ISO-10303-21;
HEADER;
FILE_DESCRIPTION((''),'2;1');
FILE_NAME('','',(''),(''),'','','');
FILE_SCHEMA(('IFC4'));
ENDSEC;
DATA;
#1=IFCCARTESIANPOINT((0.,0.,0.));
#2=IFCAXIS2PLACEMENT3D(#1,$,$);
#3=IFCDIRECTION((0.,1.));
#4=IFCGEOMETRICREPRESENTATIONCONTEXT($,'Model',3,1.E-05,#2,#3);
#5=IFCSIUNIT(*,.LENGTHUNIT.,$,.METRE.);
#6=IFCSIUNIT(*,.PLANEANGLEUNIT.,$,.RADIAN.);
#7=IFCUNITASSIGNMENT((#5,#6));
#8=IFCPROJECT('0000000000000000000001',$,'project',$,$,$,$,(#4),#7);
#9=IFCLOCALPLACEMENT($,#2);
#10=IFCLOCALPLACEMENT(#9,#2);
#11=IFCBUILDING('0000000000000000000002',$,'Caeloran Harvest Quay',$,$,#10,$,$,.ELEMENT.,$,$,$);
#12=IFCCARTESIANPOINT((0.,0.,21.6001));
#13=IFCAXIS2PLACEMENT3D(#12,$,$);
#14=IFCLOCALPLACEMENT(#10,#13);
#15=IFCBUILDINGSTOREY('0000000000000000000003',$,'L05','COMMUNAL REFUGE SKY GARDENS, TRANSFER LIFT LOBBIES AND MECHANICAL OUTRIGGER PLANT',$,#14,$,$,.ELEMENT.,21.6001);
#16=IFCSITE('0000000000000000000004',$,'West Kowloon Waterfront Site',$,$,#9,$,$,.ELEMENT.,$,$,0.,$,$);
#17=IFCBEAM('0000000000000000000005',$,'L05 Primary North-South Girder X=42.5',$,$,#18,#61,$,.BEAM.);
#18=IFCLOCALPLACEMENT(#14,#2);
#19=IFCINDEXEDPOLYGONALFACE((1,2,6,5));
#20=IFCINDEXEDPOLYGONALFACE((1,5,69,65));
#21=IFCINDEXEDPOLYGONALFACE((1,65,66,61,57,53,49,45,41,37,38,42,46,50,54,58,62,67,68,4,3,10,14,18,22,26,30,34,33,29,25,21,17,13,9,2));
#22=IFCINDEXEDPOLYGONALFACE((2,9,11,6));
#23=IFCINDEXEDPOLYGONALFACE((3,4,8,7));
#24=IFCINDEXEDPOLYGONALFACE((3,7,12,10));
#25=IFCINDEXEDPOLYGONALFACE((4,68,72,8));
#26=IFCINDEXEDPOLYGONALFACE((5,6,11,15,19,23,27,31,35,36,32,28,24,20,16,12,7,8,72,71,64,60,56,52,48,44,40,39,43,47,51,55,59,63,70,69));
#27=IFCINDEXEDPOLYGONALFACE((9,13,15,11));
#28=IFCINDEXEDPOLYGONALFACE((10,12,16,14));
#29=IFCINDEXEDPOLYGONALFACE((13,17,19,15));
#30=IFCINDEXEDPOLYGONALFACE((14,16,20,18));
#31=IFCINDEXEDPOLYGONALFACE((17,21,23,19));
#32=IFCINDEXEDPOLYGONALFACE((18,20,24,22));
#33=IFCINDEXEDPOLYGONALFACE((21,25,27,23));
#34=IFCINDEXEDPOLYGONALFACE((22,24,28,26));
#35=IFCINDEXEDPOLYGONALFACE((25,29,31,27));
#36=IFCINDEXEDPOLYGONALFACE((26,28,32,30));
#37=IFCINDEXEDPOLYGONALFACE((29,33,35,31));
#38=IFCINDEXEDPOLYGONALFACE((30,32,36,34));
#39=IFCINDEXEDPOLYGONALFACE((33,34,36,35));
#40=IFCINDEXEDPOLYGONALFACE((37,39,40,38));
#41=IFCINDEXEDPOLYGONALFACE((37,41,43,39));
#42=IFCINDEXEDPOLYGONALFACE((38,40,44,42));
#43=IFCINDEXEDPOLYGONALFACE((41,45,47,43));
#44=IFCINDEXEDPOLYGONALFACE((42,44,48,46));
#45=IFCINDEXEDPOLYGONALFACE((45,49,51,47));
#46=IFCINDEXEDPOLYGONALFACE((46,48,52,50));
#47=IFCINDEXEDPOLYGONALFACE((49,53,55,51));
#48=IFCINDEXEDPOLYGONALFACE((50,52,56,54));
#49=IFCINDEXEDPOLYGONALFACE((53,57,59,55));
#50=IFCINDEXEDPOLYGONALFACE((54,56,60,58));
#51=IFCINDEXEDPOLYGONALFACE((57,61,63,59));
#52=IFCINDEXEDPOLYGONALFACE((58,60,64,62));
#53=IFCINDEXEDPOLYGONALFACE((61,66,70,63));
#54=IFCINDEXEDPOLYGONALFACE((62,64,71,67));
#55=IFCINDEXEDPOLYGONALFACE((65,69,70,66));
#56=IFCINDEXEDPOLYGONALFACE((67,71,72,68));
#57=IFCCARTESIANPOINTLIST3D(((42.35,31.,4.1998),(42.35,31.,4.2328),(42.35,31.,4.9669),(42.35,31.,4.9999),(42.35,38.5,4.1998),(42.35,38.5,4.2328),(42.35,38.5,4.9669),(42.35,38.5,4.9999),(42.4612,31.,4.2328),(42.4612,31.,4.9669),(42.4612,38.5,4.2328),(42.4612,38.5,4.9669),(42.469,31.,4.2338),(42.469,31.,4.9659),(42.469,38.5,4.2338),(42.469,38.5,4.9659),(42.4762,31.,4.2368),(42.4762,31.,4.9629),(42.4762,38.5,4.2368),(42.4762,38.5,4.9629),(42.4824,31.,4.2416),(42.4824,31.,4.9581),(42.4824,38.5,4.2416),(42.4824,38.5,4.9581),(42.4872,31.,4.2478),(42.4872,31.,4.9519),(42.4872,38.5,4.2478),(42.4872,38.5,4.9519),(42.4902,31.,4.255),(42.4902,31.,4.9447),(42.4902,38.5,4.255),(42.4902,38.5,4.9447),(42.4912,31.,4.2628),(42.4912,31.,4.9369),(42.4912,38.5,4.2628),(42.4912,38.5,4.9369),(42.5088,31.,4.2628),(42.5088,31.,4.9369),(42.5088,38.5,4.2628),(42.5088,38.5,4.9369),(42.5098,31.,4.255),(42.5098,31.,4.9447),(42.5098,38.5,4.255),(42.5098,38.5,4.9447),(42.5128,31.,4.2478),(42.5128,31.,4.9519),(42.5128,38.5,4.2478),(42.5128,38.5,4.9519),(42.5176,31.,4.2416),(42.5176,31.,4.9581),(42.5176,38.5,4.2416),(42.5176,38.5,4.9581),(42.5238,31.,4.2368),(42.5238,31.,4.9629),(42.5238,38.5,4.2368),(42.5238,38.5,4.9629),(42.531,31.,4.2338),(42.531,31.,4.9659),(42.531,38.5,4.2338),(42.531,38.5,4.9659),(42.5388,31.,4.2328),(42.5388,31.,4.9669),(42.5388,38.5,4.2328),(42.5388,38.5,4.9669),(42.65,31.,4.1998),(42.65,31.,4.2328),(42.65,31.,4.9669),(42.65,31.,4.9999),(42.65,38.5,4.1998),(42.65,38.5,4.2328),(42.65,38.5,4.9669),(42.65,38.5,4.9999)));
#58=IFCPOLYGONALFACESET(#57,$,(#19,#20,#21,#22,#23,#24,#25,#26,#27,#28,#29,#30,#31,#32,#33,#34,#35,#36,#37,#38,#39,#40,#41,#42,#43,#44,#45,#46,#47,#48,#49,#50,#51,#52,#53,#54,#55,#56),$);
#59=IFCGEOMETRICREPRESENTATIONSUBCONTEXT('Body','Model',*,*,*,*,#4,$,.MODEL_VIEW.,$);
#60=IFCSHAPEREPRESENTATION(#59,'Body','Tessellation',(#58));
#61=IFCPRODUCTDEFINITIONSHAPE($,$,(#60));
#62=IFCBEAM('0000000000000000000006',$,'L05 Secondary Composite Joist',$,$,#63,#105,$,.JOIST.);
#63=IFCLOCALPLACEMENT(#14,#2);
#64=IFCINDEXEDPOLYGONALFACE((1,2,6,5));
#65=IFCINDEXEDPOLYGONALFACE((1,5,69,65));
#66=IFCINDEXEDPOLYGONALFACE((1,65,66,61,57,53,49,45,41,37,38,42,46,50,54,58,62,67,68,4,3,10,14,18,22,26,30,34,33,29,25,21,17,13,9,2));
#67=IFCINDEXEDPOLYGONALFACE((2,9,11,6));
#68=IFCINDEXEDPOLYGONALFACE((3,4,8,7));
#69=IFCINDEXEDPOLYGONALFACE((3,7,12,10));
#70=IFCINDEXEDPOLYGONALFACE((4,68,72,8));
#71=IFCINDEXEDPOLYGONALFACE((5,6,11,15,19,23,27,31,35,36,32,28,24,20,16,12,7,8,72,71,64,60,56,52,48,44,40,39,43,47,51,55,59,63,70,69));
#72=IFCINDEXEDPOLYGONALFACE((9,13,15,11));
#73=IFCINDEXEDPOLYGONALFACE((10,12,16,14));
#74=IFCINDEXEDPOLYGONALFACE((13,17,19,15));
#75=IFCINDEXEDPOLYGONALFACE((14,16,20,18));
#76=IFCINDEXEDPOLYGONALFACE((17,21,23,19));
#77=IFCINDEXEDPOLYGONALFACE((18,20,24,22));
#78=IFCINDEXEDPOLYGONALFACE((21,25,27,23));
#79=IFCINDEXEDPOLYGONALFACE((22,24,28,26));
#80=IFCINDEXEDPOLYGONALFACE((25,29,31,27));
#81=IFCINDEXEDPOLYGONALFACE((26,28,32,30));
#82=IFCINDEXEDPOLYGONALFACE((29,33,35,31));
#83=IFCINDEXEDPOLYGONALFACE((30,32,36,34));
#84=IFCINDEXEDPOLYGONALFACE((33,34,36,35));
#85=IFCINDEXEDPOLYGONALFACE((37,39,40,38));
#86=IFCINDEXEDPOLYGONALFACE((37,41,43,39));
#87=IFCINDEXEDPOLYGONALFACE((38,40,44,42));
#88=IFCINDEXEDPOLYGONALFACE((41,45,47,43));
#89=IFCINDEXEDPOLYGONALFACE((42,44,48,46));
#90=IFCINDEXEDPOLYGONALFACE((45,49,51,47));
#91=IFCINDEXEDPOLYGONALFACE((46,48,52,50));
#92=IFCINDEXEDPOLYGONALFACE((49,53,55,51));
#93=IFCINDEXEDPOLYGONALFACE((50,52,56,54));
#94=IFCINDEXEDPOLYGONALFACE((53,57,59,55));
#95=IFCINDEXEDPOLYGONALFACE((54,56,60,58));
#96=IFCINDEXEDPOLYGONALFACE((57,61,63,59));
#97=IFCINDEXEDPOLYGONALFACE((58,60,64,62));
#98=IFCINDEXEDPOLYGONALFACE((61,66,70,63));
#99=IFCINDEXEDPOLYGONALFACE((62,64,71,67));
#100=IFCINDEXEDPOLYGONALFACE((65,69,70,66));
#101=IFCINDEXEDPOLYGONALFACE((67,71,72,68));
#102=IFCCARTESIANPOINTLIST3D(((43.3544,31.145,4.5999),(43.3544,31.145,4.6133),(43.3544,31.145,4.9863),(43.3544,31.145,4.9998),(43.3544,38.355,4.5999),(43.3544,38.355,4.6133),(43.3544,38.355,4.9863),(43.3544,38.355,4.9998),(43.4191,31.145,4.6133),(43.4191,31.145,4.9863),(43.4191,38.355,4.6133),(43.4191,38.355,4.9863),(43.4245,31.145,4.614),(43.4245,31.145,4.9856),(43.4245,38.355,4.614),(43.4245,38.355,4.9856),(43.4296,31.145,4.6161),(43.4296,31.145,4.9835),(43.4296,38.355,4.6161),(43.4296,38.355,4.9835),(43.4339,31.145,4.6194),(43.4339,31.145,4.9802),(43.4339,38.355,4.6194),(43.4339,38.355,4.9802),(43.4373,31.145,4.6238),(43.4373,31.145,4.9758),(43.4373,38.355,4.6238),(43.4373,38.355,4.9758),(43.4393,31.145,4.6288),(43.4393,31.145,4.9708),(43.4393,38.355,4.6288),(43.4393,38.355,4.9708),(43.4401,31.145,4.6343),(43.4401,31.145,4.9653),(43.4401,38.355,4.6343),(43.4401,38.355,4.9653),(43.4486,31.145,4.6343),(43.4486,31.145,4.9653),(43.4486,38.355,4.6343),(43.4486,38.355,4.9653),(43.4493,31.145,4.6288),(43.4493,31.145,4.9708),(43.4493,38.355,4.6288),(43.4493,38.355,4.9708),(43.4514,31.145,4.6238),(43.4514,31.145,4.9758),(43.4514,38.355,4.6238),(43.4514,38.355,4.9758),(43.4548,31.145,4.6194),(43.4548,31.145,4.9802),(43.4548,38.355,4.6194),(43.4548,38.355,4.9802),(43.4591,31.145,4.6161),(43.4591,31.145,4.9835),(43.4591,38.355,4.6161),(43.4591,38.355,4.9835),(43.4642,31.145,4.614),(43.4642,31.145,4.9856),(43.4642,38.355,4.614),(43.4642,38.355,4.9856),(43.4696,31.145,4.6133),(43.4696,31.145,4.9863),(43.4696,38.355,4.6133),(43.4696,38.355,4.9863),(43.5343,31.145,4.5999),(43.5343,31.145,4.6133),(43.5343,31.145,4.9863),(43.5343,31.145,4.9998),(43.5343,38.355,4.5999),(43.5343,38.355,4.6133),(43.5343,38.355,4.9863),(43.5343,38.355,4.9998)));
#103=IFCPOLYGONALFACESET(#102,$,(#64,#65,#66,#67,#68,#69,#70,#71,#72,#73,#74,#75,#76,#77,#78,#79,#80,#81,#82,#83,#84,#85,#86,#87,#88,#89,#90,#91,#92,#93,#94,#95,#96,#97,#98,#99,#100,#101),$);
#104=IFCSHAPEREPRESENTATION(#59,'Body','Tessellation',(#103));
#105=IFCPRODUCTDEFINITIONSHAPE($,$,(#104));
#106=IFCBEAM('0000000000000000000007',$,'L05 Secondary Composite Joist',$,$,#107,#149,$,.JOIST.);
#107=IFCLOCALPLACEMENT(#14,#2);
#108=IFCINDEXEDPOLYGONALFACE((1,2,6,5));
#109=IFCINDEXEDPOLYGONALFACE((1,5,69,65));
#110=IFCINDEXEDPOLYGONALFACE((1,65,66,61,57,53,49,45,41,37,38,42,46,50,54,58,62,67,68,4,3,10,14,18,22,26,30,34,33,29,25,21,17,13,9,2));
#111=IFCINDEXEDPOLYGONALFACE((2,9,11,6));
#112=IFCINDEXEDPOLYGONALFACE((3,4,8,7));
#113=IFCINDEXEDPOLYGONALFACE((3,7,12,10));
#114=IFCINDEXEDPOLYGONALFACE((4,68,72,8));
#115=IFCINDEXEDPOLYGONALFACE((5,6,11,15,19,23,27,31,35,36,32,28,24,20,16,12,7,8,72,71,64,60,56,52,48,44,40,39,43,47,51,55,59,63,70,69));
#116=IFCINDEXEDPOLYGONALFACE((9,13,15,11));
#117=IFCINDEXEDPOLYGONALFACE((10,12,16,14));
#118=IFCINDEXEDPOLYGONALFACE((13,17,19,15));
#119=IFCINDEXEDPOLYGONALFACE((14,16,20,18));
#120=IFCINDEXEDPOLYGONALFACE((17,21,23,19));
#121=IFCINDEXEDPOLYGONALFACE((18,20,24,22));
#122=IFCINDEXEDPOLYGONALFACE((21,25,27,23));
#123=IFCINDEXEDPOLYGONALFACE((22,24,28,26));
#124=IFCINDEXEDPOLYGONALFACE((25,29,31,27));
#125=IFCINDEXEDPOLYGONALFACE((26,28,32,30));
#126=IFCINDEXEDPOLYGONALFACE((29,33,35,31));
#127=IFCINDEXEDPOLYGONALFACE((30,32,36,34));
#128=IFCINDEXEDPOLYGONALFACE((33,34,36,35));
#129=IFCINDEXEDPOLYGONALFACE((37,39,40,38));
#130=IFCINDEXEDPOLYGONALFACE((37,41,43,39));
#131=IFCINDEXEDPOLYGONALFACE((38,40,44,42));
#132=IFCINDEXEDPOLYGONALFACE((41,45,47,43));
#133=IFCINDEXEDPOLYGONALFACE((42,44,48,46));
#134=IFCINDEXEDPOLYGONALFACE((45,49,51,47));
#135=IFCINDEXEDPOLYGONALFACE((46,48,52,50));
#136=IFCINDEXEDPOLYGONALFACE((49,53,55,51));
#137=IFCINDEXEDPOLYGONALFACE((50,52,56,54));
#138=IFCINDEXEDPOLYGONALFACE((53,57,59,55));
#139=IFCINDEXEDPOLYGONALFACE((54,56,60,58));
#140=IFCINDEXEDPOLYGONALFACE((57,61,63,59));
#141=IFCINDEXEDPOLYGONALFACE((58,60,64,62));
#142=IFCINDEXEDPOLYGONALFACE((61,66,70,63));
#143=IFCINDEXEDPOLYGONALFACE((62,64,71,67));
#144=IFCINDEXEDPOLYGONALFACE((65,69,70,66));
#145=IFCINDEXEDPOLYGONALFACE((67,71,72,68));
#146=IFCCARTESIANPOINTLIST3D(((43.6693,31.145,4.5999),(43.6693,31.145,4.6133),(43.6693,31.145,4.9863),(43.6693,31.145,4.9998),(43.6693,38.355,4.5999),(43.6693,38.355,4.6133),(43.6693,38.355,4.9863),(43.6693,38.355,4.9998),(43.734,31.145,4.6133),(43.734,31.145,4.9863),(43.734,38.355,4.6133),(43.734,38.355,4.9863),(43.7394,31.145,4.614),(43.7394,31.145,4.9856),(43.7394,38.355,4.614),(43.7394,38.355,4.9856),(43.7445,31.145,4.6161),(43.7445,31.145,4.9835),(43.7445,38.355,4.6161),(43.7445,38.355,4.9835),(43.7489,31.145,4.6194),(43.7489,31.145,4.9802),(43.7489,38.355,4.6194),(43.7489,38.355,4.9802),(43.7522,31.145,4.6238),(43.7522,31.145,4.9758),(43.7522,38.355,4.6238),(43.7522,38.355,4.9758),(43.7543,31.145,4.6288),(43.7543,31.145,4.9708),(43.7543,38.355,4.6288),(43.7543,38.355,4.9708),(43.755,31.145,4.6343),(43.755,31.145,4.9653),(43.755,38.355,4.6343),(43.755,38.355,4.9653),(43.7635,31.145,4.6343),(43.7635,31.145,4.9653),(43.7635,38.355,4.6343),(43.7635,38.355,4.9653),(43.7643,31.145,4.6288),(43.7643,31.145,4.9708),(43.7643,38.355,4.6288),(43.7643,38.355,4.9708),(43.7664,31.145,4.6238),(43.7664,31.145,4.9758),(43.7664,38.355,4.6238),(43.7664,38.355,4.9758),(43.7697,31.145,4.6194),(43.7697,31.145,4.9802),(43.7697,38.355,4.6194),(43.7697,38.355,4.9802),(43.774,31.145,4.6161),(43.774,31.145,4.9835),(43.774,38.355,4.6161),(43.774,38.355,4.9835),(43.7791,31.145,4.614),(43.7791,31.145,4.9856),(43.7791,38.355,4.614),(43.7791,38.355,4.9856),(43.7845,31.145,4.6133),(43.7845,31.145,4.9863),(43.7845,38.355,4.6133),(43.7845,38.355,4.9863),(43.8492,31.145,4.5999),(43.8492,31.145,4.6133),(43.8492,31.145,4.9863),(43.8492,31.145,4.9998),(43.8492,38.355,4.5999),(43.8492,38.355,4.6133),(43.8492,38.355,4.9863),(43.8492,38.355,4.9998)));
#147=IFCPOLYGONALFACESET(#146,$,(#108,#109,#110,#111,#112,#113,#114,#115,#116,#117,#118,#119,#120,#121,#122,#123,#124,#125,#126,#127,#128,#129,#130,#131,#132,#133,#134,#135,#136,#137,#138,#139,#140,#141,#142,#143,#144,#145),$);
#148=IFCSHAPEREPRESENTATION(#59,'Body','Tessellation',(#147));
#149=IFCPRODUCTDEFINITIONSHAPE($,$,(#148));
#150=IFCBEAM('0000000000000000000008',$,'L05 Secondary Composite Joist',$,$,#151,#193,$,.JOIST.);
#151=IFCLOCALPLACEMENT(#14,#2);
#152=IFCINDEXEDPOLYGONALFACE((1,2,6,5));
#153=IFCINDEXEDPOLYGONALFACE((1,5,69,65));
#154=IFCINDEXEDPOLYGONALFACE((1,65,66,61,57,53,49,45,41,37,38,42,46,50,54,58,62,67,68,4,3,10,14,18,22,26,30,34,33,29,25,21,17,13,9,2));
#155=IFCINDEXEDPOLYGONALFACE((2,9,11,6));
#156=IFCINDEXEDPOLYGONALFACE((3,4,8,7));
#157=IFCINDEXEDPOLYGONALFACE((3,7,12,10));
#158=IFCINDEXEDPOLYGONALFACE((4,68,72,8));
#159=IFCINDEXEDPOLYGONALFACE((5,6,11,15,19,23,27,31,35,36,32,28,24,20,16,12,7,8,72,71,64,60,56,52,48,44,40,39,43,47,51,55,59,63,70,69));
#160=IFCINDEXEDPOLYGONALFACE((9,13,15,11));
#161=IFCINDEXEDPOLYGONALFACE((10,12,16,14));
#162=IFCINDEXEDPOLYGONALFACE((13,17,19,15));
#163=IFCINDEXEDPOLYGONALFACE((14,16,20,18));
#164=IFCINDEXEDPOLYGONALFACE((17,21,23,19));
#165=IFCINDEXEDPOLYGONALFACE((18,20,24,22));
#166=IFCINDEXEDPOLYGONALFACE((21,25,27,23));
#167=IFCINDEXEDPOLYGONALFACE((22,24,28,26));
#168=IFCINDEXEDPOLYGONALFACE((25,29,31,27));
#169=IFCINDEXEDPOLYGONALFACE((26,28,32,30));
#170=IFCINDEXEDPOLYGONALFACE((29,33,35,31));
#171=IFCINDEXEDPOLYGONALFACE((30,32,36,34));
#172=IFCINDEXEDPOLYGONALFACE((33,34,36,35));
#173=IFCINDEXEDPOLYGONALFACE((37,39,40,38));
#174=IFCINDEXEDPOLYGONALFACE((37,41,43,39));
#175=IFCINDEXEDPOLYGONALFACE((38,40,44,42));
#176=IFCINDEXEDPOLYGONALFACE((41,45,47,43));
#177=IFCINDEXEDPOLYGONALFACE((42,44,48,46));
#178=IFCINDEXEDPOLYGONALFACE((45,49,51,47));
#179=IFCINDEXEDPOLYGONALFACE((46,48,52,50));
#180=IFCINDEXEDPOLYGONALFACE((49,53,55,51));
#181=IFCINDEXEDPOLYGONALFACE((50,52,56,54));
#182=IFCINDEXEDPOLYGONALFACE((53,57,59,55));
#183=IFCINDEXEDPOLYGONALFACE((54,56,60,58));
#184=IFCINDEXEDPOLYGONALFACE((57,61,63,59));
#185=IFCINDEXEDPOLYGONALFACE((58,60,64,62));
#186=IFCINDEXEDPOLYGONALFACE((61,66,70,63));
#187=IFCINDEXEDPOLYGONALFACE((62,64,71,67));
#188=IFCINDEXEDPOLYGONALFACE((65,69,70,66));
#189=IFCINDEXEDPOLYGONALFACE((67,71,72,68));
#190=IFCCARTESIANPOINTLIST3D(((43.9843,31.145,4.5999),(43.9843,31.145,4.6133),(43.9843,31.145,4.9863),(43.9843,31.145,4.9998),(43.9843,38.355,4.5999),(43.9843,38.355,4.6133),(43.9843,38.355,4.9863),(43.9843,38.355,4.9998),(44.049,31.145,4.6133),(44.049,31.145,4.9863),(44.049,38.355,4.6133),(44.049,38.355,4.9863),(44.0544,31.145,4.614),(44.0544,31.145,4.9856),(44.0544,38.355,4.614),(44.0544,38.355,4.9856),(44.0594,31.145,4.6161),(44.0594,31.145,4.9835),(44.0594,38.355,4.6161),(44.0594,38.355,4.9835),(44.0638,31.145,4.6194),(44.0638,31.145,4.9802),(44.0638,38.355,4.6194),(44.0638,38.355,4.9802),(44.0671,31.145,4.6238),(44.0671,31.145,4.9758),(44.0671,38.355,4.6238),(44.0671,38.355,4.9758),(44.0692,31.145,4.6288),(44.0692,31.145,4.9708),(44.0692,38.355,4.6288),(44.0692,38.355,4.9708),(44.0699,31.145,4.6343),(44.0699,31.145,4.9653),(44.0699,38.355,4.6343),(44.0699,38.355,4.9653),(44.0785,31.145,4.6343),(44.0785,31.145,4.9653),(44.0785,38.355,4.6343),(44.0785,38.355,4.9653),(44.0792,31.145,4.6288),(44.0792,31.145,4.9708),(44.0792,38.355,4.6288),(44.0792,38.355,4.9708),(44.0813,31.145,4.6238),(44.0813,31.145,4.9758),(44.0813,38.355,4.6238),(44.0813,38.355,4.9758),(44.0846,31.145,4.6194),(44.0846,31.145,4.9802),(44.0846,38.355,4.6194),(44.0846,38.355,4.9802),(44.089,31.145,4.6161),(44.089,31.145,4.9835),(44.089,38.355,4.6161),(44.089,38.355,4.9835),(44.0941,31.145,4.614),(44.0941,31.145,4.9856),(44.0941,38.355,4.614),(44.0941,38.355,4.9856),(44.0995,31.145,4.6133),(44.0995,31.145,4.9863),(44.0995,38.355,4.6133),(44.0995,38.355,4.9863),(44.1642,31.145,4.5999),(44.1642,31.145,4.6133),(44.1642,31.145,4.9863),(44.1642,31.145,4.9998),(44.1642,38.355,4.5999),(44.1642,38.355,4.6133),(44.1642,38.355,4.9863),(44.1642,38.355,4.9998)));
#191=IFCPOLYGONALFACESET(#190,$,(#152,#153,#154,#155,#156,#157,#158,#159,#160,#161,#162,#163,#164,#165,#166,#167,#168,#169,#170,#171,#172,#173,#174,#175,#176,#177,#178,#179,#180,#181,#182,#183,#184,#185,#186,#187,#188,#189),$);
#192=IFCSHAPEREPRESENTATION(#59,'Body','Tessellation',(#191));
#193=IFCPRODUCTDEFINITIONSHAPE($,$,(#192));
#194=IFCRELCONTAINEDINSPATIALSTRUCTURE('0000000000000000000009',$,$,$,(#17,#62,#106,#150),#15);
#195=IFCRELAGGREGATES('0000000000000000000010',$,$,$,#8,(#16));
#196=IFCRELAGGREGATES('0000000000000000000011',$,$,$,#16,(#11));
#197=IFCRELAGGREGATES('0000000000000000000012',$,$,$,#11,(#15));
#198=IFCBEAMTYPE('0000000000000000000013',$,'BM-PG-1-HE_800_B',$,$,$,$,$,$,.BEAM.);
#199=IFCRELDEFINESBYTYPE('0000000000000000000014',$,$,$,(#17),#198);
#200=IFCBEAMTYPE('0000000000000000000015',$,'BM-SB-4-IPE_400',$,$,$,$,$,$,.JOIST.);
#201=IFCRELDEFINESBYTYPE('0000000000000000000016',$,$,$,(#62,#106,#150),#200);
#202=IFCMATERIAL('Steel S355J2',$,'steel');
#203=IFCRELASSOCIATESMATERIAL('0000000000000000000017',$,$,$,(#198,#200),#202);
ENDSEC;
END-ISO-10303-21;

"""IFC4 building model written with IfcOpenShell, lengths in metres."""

from ifc_helpers import new_model, si_unit, direction, frame, origin, origin_2d, place, context, subcontext, project, spatial, i_section, extrude, material, material_profile, profile_set, type_object, element, save


model = new_model("IFC4")

# Units and contexts
model_context = context("Model", 3, precision=1e-05, world=origin(), true_north=direction((0.0, 1.0)))
body_context = subcontext(model_context, "Body", "Model", "MODEL_VIEW")
ifc_project = project(units=[si_unit("LENGTHUNIT", "METRE"), si_unit("PLANEANGLEUNIT", "RADIAN")], contexts=[model_context])

# Site, building, storey
site_placement = place(None, origin())
site = spatial("IfcSite", under=ifc_project, at=site_placement, Name="West Kowloon Waterfront Site", CompositionType="ELEMENT", RefElevation=0.0)
building_placement = place(site_placement, origin())
building = spatial("IfcBuilding", under=site, at=building_placement, Name="Caeloran Harvest Quay", CompositionType="ELEMENT")
storey_placement = place(building_placement, frame((0.0, 0.0, 21.6001)))
storey = spatial("IfcBuildingStorey", under=building, at=storey_placement, Name="L05", Description="COMMUNAL REFUGE SKY GARDENS, TRANSFER LIFT LOBBIES AND MECHANICAL OUTRIGGER PLANT", CompositionType="ELEMENT", Elevation=21.6001)

# Beams
ifc_material_1 = material(Name="Steel S355J2", Category="steel")
ifc_material_profile_1 = material_profile(ifc_material_1, i_section(OverallWidth=0.3, OverallDepth=0.8, WebThickness=0.0176, FlangeThickness=0.033, FilletRadius=0.03, at=origin_2d()), Name="HE 800 B")
ifc_profile_set_1 = profile_set([ifc_material_profile_1], Name="Steel S355J2")
beam_type_1 = type_object("IfcBeamType", Name="BM-PG-1-HE_800_B", PredefinedType="BEAM", material=ifc_profile_set_1)
beam_1_placement = place(storey_placement, frame((42.5, 31.0, 4.5999), z_axis=(0.0, 1.0, 0.0), x_axis=(-1.0, 0.0, 0.0)))
element("IfcBeam", 1, at=beam_1_placement, inside=storey, type_object=beam_type_1, Name="L05 Primary North-South Girder X=42.5", PredefinedType="BEAM", context=body_context, shape_type="SweptSolid", body=[
    extrude(i_section(OverallWidth=0.3, OverallDepth=0.8, WebThickness=0.0176, FlangeThickness=0.033, FilletRadius=0.03, at=origin_2d()), origin(), (0.0, 0.0, 1.0), 7.5),
])
ifc_material_profile_2 = material_profile(ifc_material_1, i_section(OverallWidth=0.1799, OverallDepth=0.3999, WebThickness=0.0085, FlangeThickness=0.0134, FilletRadius=0.021, at=origin_2d()), Name="IPE 400")
ifc_profile_set_2 = profile_set([ifc_material_profile_2], Name="Steel S355J2")
beam_type_2 = type_object("IfcBeamType", Name="BM-SB-4-IPE_400", PredefinedType="JOIST", material=ifc_profile_set_2)
for number, where, z_axis, x_axis, name in (
    (2, (43.4443, 31.145, 4.7998), (0.0, 1.0, 0.0), (-1.0, 0.0, 0.0), "L05 Secondary Composite Joist"),
    (3, (43.7593, 31.145, 4.7998), (0.0, 1.0, 0.0), (-1.0, 0.0, 0.0), "L05 Secondary Composite Joist"),
    (4, (44.0742, 31.145, 4.7998), (0.0, 1.0, 0.0), (-1.0, 0.0, 0.0), "L05 Secondary Composite Joist"),
):
    element("IfcBeam", number, at=place(storey_placement, frame(where, z_axis=z_axis, x_axis=x_axis)), inside=storey, type_object=beam_type_2, Name=name, PredefinedType="JOIST", context=body_context, shape_type="SweptSolid", body=[
        extrude(i_section(OverallWidth=0.1799, OverallDepth=0.3999, WebThickness=0.0085, FlangeThickness=0.0134, FilletRadius=0.021, at=origin_2d()), origin(), (0.0, 0.0, 1.0), 7.21),
    ])

save(model, "model.ifc")
